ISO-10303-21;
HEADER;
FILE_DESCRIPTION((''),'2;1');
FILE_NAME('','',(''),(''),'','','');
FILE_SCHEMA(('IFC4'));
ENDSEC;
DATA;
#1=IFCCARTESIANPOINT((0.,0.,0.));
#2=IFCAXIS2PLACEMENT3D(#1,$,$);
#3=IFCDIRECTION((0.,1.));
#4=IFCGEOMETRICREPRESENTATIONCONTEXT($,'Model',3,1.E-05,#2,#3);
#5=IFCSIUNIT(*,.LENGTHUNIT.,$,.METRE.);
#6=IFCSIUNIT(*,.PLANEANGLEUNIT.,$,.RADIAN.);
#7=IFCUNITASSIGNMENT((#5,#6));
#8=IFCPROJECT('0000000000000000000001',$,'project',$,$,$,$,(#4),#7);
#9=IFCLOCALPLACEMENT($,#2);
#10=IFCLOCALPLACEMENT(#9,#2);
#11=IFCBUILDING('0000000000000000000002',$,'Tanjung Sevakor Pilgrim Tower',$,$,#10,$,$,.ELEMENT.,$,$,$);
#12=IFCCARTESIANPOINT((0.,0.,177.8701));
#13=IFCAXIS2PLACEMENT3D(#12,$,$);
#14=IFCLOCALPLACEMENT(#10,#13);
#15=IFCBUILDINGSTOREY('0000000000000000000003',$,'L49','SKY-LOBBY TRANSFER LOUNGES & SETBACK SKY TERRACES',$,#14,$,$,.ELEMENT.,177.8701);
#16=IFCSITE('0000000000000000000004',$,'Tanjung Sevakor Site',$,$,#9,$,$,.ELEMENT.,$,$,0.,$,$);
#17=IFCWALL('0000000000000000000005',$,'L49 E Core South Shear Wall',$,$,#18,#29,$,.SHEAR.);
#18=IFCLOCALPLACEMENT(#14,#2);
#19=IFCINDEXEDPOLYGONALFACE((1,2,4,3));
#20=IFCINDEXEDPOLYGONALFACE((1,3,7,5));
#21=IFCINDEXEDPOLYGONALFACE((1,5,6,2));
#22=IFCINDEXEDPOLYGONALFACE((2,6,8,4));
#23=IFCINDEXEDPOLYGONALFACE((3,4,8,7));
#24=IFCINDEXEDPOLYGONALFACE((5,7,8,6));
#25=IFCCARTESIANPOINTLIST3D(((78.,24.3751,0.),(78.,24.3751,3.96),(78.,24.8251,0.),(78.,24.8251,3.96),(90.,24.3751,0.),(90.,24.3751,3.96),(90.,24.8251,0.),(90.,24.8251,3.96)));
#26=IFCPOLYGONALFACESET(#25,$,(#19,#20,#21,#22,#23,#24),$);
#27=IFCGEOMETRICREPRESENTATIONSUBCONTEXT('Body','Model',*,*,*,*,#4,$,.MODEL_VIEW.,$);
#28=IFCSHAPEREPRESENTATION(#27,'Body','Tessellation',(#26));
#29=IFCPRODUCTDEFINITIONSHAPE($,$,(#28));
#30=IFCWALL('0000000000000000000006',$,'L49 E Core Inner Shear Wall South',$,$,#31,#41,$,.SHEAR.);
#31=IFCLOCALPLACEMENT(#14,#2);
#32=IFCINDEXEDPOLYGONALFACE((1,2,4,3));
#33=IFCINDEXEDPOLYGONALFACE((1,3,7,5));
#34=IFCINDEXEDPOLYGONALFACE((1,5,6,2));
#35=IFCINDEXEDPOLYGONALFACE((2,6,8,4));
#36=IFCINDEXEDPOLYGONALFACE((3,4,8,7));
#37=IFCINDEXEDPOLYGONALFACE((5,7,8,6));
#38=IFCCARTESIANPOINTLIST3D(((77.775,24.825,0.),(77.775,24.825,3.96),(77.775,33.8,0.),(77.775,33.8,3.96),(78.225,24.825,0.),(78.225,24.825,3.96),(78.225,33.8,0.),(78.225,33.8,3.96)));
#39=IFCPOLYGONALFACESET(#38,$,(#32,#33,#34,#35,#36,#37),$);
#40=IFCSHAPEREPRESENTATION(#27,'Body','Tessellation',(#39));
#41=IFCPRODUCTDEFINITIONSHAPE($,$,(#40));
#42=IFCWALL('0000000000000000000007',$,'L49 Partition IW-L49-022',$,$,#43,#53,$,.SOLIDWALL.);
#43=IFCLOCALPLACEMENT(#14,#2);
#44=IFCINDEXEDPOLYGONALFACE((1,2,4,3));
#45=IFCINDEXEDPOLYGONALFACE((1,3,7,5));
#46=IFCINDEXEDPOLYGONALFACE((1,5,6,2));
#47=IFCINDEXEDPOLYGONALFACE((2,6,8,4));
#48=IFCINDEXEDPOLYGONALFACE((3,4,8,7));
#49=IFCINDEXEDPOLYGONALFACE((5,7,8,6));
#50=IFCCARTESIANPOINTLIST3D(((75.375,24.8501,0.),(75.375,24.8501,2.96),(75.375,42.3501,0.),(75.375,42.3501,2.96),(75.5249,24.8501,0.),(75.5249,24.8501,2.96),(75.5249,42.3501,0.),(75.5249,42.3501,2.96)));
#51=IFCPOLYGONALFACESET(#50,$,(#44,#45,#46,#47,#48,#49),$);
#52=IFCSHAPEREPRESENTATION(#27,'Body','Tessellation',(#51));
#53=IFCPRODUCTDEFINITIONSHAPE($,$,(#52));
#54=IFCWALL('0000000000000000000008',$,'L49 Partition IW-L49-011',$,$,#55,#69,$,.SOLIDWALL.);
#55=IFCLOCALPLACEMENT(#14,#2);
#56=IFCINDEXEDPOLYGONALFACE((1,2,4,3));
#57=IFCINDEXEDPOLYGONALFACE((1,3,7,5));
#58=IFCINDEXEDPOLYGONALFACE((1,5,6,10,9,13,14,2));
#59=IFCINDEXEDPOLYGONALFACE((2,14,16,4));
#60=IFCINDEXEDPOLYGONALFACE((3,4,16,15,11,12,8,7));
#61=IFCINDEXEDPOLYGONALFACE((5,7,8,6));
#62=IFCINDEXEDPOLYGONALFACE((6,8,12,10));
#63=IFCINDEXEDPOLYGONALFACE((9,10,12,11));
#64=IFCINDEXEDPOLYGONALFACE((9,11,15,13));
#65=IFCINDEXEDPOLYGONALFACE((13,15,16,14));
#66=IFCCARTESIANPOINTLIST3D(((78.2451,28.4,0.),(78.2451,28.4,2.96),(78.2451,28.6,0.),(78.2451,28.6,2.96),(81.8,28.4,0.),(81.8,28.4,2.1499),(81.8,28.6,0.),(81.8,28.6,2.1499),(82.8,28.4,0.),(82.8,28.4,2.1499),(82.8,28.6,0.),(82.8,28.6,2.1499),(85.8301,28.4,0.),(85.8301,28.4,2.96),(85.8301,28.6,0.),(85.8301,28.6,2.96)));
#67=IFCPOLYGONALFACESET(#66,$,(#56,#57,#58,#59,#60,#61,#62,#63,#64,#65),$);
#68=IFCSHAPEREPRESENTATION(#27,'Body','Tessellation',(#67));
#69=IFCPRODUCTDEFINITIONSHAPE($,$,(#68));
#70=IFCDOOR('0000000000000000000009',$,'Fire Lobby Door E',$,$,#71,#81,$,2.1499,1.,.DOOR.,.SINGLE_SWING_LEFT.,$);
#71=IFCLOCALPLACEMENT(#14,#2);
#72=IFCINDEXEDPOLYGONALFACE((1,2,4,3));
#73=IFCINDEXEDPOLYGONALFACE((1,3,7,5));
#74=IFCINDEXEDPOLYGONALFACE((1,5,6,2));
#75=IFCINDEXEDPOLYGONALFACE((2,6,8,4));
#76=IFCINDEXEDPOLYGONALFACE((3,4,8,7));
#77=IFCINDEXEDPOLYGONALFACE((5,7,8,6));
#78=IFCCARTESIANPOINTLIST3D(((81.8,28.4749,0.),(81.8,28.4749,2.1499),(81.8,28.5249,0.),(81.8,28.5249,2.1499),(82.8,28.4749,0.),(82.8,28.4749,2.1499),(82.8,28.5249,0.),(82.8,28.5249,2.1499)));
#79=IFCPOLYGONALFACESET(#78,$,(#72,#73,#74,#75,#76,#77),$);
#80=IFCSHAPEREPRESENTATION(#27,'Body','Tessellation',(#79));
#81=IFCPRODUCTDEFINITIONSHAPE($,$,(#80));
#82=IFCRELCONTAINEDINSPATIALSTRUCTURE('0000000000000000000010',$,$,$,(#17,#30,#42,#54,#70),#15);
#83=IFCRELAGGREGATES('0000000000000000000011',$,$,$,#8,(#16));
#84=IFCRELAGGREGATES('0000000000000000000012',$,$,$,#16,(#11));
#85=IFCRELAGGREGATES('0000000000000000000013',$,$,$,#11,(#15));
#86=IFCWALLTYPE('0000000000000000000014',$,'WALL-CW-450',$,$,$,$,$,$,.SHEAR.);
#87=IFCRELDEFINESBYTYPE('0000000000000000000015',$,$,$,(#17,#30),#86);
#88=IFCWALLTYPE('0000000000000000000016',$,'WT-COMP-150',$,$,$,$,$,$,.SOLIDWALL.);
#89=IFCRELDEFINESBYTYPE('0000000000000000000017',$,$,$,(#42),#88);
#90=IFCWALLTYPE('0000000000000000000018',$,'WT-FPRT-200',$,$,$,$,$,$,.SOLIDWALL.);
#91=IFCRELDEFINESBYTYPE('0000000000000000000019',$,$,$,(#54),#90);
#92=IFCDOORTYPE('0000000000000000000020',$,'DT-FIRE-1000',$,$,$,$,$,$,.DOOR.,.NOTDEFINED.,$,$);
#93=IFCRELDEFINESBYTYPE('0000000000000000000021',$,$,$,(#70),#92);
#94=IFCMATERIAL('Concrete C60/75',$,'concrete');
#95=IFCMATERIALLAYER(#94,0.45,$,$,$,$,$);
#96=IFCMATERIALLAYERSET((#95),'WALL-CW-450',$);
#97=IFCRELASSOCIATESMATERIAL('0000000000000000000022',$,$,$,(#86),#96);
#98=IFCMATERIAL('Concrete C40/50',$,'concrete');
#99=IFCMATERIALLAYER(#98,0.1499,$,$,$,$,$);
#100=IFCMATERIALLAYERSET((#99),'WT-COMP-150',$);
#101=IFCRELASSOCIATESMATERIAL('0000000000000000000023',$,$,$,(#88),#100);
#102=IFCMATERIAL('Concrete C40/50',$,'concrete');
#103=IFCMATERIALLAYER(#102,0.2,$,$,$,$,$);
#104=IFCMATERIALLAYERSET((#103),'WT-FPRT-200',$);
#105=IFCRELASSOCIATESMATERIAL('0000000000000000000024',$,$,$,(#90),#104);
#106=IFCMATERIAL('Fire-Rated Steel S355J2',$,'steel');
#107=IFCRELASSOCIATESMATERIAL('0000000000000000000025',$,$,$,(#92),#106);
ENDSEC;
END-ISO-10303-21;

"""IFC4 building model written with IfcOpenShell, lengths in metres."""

from ifc_helpers import new_model, si_unit, direction, frame, frame_2d, origin, place, context, subcontext, project, spatial, rectangle, extrude, material, layer, layer_set, type_object, element, fill, save


model = new_model("IFC4")

# Units and contexts
model_context = context("Model", 3, precision=1e-05, world=origin(), true_north=direction((0.0, 1.0)))
body_context = subcontext(model_context, "Body", "Model", "MODEL_VIEW")
ifc_project = project(units=[si_unit("LENGTHUNIT", "METRE"), si_unit("PLANEANGLEUNIT", "RADIAN")], contexts=[model_context])

# Site, building, storey
site_placement = place(None, origin())
site = spatial("IfcSite", under=ifc_project, at=site_placement, Name="Tanjung Sevakor Site", CompositionType="ELEMENT", RefElevation=0.0)
building_placement = place(site_placement, origin())
building = spatial("IfcBuilding", under=site, at=building_placement, Name="Tanjung Sevakor Pilgrim Tower", CompositionType="ELEMENT")
storey_placement = place(building_placement, frame((0.0, 0.0, 177.8701)))
storey = spatial("IfcBuildingStorey", under=building, at=storey_placement, Name="L49", Description="SKY-LOBBY TRANSFER LOUNGES & SETBACK SKY TERRACES", CompositionType="ELEMENT", Elevation=177.8701)

# Walls
ifc_material_1 = material(Name="Concrete C60/75", Category="concrete")
ifc_layer_1 = layer(ifc_material_1, 0.45)
ifc_layer_set_1 = layer_set([ifc_layer_1], Name="WALL-CW-450")
wall_type_1 = type_object("IfcWallType", Name="WALL-CW-450", PredefinedType="SHEAR", material=ifc_layer_set_1)
wall_1_placement = place(storey_placement, frame((78.0, 24.6001, 0.0), z_axis=(0.0, 0.0, 1.0), x_axis=(1.0, 0.0, 0.0)))
element("IfcWall", 1, at=wall_1_placement, inside=storey, type_object=wall_type_1, Name="L49 E Core South Shear Wall", PredefinedType="SHEAR", context=body_context, shape_type="SweptSolid", body=[
    extrude(rectangle(XDim=12.0, YDim=0.45, at=frame_2d((6.0, 0.0))), origin(), (0.0, 0.0, 1.0), 3.96),
])
wall_2_placement = place(storey_placement, frame((78.0, 24.825, 0.0), z_axis=(0.0, 0.0, 1.0), x_axis=(0.0, 1.0, 0.0)))
element("IfcWall", 2, at=wall_2_placement, inside=storey, type_object=wall_type_1, Name="L49 E Core Inner Shear Wall South", PredefinedType="SHEAR", context=body_context, shape_type="SweptSolid", body=[
    extrude(rectangle(XDim=8.9751, YDim=0.45, at=frame_2d((4.4875, 0.0))), origin(), (0.0, 0.0, 1.0), 3.96),
])
ifc_material_2 = material(Name="Concrete C40/50", Category="concrete")
ifc_layer_2 = layer(ifc_material_2, 0.1499)
ifc_layer_set_2 = layer_set([ifc_layer_2], Name="WT-COMP-150")
wall_type_2 = type_object("IfcWallType", Name="WT-COMP-150", PredefinedType="SOLIDWALL", material=ifc_layer_set_2)
wall_3_placement = place(storey_placement, frame((75.45, 24.8501, 0.0), z_axis=(0.0, 0.0, 1.0), x_axis=(0.0, 1.0, 0.0)))
element("IfcWall", 3, at=wall_3_placement, inside=storey, type_object=wall_type_2, Name="L49 Partition IW-L49-022", PredefinedType="SOLIDWALL", context=body_context, shape_type="SweptSolid", body=[
    extrude(rectangle(XDim=17.5, YDim=0.1499, at=frame_2d((8.75, 0.0))), origin(), (0.0, 0.0, 1.0), 2.96),
])

# Wall, opening, door
ifc_material_3 = material(Name="Concrete C40/50", Category="concrete")
ifc_layer_3 = layer(ifc_material_3, 0.2)
ifc_layer_set_3 = layer_set([ifc_layer_3], Name="WT-FPRT-200")
wall_type_3 = type_object("IfcWallType", Name="WT-FPRT-200", PredefinedType="SOLIDWALL", material=ifc_layer_set_3)
wall_4_placement = place(storey_placement, frame((78.2451, 28.5, 0.0), z_axis=(0.0, 0.0, 1.0), x_axis=(1.0, 0.0, 0.0)))
wall_4 = element("IfcWall", 4, at=wall_4_placement, inside=storey, type_object=wall_type_3, Name="L49 Partition IW-L49-011", PredefinedType="SOLIDWALL", context=body_context, shape_type="SweptSolid", body=[
    extrude(rectangle(XDim=7.585, YDim=0.2, at=frame_2d((3.7925, 0.0))), origin(), (0.0, 0.0, 1.0), 2.96),
])
opening_placement = place(wall_4_placement, frame((3.5549, 0.0, 0.0)))
opening = element("IfcOpeningElement", 5, at=opening_placement, cuts=wall_4, PredefinedType="OPENING", context=body_context, shape_type="SweptSolid", body=[
    extrude(rectangle(XDim=1.0, YDim=2.1499, at=frame_2d((0.5, 1.075))), frame((0.0, 0.1099, 0.0), z_axis=(0.0, -1.0, 0.0), x_axis=(1.0, 0.0, 0.0)), (0.0, 0.0, 1.0), 0.22),
])
ifc_material_4 = material(Name="Fire-Rated Steel S355J2", Category="steel")
door_type = type_object("IfcDoorType", Name="DT-FIRE-1000", OperationType="NOTDEFINED", PredefinedType="DOOR", material=ifc_material_4)
door_placement = place(opening_placement, origin())
door = element("IfcDoor", 6, at=door_placement, inside=storey, type_object=door_type, Name="Fire Lobby Door E", OperationType="SINGLE_SWING_LEFT", OverallHeight=2.1499, OverallWidth=1.0, PredefinedType="DOOR", context=body_context, shape_type="SweptSolid", body=[
    extrude(rectangle(XDim=1.0, YDim=2.1499, at=frame_2d((0.5, 1.075))), frame((0.0, 0.0249, 0.0), z_axis=(0.0, -1.0, 0.0), x_axis=(1.0, 0.0, 0.0)), (0.0, 0.0, 1.0), 0.05),
])
fill(opening, door)

save(model, "model.ifc")
